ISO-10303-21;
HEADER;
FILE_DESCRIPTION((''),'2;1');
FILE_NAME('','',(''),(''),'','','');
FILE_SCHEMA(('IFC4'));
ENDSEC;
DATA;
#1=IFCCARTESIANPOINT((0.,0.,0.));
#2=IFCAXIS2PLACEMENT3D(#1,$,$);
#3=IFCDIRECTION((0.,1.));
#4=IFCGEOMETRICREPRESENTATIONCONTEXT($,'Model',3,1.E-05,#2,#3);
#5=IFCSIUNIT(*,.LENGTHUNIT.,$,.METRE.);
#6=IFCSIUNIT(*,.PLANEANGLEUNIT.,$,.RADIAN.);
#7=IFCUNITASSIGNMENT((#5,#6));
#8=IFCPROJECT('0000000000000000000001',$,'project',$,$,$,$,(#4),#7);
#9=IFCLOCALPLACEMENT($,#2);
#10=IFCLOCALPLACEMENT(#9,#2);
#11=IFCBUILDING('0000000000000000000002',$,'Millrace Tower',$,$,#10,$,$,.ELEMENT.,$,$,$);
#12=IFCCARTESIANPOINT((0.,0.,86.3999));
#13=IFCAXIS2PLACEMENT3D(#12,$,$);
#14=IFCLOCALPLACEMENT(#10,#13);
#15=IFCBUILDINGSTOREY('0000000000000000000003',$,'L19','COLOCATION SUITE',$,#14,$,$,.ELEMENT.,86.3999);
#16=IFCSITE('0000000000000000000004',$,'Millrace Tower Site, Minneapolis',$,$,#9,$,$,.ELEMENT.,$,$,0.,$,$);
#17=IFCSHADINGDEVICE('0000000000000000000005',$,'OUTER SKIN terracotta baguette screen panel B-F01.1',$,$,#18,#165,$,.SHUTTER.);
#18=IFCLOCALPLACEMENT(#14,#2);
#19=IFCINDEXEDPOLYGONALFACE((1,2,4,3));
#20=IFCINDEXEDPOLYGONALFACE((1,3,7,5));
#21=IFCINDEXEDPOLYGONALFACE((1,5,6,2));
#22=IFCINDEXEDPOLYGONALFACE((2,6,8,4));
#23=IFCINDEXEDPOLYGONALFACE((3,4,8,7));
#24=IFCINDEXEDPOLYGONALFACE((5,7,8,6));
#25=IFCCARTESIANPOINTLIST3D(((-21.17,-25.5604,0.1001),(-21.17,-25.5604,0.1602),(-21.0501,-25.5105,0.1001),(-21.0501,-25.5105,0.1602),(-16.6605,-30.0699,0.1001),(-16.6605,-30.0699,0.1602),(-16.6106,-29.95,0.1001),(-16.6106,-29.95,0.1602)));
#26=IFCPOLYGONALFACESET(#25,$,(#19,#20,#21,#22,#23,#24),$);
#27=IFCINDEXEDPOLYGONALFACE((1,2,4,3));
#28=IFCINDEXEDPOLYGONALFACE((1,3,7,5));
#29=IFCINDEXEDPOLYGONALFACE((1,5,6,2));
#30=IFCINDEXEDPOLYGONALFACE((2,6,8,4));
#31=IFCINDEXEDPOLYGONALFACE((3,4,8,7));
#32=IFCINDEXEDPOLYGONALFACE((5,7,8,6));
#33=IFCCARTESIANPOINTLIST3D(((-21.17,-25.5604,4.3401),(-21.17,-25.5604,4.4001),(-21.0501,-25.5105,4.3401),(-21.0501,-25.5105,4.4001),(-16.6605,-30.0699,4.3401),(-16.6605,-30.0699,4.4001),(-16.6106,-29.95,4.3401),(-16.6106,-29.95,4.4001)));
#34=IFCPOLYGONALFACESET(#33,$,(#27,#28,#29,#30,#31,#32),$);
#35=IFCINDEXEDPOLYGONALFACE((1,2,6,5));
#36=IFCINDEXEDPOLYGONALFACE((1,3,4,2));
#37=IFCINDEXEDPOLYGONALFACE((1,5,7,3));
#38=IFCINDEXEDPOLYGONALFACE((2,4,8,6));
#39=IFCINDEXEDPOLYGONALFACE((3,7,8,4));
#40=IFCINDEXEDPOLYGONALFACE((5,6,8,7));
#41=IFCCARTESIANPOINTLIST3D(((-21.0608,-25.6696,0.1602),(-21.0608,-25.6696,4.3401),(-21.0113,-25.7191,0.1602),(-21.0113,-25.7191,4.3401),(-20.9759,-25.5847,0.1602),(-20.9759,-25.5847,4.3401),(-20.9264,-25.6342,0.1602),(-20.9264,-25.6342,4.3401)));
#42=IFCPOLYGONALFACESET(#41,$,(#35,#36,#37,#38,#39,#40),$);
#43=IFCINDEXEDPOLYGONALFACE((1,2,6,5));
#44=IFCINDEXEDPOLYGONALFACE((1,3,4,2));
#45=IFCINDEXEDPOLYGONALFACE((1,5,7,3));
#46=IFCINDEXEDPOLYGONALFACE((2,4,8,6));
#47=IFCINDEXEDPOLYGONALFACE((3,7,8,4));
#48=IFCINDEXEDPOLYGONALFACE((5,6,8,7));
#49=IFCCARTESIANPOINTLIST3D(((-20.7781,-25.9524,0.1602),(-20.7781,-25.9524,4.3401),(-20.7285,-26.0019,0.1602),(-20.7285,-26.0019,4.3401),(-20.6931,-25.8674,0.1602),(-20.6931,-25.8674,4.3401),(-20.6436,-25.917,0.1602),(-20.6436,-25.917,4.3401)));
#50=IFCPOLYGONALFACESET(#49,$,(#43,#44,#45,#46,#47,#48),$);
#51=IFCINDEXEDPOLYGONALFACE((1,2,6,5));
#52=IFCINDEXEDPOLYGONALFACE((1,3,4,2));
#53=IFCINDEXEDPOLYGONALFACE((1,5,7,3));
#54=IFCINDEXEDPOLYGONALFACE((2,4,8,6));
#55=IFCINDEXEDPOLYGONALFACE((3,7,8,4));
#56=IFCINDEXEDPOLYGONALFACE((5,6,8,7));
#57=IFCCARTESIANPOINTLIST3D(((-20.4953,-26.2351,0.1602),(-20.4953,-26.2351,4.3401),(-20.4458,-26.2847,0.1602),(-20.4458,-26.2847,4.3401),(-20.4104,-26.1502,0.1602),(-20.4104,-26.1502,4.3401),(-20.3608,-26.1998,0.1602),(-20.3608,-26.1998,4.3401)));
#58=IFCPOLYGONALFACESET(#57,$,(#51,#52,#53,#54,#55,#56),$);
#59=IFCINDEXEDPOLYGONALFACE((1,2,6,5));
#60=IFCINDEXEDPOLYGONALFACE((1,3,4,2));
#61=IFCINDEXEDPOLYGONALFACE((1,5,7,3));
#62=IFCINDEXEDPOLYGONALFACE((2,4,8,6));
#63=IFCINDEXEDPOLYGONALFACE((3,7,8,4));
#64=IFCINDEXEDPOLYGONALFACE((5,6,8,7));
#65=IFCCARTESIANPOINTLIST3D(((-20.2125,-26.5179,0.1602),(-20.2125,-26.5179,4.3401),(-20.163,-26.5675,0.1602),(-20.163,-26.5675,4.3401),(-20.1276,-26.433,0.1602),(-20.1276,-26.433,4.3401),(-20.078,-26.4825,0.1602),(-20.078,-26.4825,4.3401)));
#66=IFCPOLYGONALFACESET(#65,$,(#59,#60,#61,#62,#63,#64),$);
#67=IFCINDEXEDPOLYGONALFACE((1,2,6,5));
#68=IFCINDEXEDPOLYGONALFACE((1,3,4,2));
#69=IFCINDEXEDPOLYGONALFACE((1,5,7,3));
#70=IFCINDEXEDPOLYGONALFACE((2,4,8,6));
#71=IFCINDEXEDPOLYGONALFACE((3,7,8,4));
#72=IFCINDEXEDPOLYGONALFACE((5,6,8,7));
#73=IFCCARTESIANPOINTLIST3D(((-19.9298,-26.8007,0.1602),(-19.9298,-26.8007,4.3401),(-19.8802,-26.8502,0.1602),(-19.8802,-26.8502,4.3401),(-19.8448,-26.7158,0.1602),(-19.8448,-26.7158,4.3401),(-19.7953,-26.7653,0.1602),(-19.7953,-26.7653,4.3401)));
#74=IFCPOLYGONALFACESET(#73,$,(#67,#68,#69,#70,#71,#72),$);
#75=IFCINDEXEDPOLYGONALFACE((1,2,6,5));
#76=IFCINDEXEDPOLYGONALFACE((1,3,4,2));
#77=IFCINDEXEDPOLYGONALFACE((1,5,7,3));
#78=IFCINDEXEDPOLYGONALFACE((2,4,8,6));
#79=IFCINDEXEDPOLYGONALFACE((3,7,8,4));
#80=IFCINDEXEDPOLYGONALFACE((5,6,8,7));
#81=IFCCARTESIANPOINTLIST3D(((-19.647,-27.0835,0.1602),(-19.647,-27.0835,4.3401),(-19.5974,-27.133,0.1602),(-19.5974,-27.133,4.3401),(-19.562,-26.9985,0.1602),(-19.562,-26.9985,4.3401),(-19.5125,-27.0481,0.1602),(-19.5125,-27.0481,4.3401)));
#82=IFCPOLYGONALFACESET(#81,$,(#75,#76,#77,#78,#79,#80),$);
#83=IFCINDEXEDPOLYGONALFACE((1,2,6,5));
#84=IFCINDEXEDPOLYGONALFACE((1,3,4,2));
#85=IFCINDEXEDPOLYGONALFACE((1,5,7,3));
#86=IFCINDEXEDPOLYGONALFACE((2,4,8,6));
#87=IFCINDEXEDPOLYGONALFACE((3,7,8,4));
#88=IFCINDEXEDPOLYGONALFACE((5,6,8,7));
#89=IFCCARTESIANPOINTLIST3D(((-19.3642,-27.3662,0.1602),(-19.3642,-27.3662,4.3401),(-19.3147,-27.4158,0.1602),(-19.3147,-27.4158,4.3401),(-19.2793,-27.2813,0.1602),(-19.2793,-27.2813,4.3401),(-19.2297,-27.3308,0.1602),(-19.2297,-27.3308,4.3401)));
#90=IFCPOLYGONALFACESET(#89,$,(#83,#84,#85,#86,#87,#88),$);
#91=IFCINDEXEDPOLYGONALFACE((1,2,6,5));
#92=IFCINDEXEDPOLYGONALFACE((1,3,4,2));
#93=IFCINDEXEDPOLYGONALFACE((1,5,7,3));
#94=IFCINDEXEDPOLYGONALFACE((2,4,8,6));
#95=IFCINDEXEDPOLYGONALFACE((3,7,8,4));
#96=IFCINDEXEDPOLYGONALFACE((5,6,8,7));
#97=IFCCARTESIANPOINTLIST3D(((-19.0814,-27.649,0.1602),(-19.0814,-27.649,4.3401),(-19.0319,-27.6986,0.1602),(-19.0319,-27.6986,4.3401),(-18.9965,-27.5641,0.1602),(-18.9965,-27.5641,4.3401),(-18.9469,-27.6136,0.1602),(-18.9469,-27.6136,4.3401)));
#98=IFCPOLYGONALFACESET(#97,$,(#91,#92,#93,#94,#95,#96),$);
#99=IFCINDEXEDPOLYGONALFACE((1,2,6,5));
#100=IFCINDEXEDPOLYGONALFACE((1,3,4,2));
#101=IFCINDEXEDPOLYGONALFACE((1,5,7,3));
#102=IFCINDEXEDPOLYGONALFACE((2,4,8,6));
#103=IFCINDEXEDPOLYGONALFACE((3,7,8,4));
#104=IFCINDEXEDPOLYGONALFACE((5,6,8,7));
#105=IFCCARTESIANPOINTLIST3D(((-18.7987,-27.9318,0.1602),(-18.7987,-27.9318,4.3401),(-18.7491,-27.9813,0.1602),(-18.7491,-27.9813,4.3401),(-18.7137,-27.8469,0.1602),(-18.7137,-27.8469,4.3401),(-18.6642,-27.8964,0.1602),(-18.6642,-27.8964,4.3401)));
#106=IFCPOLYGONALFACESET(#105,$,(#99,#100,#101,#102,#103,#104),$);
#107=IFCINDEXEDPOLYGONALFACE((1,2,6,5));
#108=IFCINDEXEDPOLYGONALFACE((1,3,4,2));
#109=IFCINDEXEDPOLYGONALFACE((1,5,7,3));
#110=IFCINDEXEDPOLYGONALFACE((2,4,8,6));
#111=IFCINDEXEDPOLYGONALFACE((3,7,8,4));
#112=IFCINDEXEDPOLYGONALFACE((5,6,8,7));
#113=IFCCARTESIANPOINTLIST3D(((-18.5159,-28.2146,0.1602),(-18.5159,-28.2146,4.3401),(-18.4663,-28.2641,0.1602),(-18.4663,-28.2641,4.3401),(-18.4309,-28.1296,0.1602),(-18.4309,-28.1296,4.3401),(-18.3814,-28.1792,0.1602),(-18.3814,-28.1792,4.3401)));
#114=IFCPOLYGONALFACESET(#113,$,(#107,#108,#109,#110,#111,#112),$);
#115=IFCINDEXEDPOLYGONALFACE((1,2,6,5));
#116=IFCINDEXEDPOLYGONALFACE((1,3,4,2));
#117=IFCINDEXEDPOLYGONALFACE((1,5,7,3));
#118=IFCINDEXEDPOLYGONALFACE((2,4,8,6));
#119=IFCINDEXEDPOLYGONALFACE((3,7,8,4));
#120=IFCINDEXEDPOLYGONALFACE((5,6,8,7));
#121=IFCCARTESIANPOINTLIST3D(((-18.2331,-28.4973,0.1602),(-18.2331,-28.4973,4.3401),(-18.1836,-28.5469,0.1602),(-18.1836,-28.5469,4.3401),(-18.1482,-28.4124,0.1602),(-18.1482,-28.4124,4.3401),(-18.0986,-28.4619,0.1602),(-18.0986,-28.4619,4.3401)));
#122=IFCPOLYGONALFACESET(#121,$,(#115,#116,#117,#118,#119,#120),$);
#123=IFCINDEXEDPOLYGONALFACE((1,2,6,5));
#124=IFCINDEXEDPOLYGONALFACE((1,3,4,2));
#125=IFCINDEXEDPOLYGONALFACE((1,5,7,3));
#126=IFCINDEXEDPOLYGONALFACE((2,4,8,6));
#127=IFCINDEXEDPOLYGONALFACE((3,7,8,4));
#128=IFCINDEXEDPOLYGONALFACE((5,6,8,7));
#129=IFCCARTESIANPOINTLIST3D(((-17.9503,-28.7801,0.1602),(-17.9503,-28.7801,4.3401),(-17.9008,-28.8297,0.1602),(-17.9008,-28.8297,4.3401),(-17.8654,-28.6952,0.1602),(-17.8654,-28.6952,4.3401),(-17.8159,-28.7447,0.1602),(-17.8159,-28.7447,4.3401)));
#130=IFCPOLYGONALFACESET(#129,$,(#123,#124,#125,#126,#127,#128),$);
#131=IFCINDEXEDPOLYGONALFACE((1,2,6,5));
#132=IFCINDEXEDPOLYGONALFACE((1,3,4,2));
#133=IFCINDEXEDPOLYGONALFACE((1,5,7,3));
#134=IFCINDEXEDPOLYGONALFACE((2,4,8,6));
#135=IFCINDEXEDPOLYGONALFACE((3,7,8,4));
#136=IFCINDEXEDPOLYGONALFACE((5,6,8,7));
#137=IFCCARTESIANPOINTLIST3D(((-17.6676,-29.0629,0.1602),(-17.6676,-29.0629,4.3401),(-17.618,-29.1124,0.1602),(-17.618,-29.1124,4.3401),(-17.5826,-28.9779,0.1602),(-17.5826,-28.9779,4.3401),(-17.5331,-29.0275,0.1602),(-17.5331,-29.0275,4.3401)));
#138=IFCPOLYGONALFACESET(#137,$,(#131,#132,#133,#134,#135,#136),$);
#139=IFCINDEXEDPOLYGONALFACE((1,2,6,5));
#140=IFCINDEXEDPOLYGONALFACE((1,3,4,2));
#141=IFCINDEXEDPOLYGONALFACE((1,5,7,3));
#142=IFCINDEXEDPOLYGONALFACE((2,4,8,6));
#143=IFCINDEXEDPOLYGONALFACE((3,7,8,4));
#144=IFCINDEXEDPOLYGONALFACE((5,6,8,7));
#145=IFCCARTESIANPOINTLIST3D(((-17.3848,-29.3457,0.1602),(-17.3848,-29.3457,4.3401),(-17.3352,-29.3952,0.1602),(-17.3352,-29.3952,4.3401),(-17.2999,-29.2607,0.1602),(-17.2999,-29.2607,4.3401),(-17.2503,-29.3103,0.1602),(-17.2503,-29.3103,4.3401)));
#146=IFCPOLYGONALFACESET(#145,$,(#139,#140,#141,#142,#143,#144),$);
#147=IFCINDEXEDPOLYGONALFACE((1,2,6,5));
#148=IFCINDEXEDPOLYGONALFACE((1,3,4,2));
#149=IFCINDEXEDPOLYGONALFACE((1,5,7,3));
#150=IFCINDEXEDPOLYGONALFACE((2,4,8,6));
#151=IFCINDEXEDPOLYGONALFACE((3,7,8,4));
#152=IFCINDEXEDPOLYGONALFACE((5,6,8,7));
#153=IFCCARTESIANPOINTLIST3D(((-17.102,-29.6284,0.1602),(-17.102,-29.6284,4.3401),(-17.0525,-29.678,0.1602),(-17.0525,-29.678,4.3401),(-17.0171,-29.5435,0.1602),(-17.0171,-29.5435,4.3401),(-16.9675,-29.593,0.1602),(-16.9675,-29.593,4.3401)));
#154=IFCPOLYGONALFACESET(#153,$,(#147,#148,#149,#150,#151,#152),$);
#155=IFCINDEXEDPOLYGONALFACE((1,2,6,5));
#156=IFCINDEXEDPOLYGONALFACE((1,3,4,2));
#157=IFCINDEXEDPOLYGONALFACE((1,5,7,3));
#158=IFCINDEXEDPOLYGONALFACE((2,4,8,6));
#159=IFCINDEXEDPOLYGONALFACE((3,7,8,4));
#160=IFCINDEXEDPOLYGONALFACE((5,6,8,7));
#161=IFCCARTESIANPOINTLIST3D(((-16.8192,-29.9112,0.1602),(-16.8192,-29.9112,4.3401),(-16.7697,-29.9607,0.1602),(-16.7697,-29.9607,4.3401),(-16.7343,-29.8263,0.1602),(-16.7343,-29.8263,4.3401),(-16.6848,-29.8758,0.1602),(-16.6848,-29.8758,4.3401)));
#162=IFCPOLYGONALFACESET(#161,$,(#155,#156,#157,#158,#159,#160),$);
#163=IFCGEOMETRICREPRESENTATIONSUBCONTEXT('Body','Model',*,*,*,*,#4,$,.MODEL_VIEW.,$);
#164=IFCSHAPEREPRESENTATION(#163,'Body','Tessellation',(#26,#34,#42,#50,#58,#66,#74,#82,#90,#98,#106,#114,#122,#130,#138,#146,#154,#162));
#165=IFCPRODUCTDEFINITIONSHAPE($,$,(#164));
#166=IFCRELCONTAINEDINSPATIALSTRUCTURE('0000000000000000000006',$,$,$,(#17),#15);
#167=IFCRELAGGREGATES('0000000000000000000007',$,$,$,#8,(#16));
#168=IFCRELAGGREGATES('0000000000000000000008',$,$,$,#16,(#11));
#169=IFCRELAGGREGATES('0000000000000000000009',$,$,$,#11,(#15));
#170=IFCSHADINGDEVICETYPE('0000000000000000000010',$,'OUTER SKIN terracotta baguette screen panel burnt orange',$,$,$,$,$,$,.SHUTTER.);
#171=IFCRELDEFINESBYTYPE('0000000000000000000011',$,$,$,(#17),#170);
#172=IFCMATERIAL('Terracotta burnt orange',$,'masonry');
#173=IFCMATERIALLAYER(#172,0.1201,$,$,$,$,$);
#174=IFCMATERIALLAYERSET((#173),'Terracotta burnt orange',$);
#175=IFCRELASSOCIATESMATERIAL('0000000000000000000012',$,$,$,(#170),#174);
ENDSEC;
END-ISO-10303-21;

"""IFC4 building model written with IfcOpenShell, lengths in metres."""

from ifc_helpers import new_model, entity, si_unit, direction, frame, frame_2d, origin, place, context, subcontext, project, spatial, rectangle, extrude, source, transform, mapped, material, layer, layer_set, type_object, element, save


model = new_model("IFC4")

# Units and contexts
model_context = context("Model", 3, precision=1e-05, world=origin(), true_north=direction((0.0, 1.0)))
body_context = subcontext(model_context, "Body", "Model", "MODEL_VIEW")
ifc_project = project(units=[si_unit("LENGTHUNIT", "METRE"), si_unit("PLANEANGLEUNIT", "RADIAN")], contexts=[model_context])

# Site, building, storey
site_placement = place(None, origin())
site = spatial("IfcSite", under=ifc_project, at=site_placement, Name="Millrace Tower Site, Minneapolis", CompositionType="ELEMENT", RefElevation=0.0)
building_placement = place(site_placement, origin())
building = spatial("IfcBuilding", under=site, at=building_placement, Name="Millrace Tower", CompositionType="ELEMENT")
storey_placement = place(building_placement, frame((0.0, 0.0, 86.3999)))
storey = spatial("IfcBuildingStorey", under=building, at=storey_placement, Name="L19", Description="COLOCATION SUITE", CompositionType="ELEMENT", Elevation=86.3999)

# Shading device
ifc_material_1 = material(Name="Terracotta burnt orange", Category="masonry")
ifc_layer_1 = layer(ifc_material_1, 0.1201)
ifc_layer_set_1 = layer_set([ifc_layer_1], Name="Terracotta burnt orange")
shading_device_type = type_object("IfcShadingDeviceType", Name="OUTER SKIN terracotta baguette screen panel burnt orange", PredefinedType="SHUTTER", material=ifc_layer_set_1)
cartesian_point_1 = entity("IfcCartesianPoint", [-3.1392, 0.0601])
shared_polyline_1 = entity("IfcPolyline", [cartesian_point_1, entity("IfcCartesianPoint", [3.1392, 0.0601]), entity("IfcCartesianPoint", [3.1887, -0.0601]), entity("IfcCartesianPoint", [-3.1887, -0.0601]), cartesian_point_1])
shared_shape_1 = source(origin(), body_context, "Body", "SweptSolid", [
    entity("IfcExtrudedAreaSolid", entity("IfcArbitraryClosedProfileDef", "AREA", None, shared_polyline_1), entity("IfcAxis2Placement3D", entity("IfcCartesianPoint", [0.0, 0.0, 0.0])), entity("IfcDirection", [0.0, 0.0, 1.0]), 0.0601),
    entity("IfcExtrudedAreaSolid", entity("IfcArbitraryClosedProfileDef", "AREA", None, shared_polyline_1), entity("IfcAxis2Placement3D", entity("IfcCartesianPoint", [0.0, 0.0, 4.24])), entity("IfcDirection", [0.0, 0.0, 1.0]), 0.0601),
    extrude(rectangle(XDim=0.0701, YDim=0.1201, at=frame_2d((-2.9993, 0.0))), frame((0.0, 0.0, 0.0601)), (0.0, 0.0, 1.0), 4.1799),
    extrude(rectangle(XDim=0.0701, YDim=0.1201, at=frame_2d((-2.5994, 0.0))), frame((0.0, 0.0, 0.0601)), (0.0, 0.0, 1.0), 4.1799),
    extrude(rectangle(XDim=0.0701, YDim=0.1201, at=frame_2d((-2.1995, 0.0))), frame((0.0, 0.0, 0.0601)), (0.0, 0.0, 1.0), 4.1799),
    extrude(rectangle(XDim=0.0701, YDim=0.1201, at=frame_2d((-1.7996, 0.0))), frame((0.0, 0.0, 0.0601)), (0.0, 0.0, 1.0), 4.1799),
    extrude(rectangle(XDim=0.0701, YDim=0.1201, at=frame_2d((-1.3997, 0.0))), frame((0.0, 0.0, 0.0601)), (0.0, 0.0, 1.0), 4.1799),
    extrude(rectangle(XDim=0.0701, YDim=0.1201, at=frame_2d((-0.9998, 0.0))), frame((0.0, 0.0, 0.0601)), (0.0, 0.0, 1.0), 4.1799),
    extrude(rectangle(XDim=0.0701, YDim=0.1201, at=frame_2d((-0.5999, 0.0))), frame((0.0, 0.0, 0.0601)), (0.0, 0.0, 1.0), 4.1799),
    extrude(rectangle(XDim=0.0701, YDim=0.1201, at=frame_2d((-0.2, 0.0))), frame((0.0, 0.0, 0.0601)), (0.0, 0.0, 1.0), 4.1799),
    extrude(rectangle(XDim=0.0701, YDim=0.1201, at=frame_2d((0.2, 0.0))), frame((0.0, 0.0, 0.0601)), (0.0, 0.0, 1.0), 4.1799),
    extrude(rectangle(XDim=0.0701, YDim=0.1201, at=frame_2d((0.5999, 0.0))), frame((0.0, 0.0, 0.0601)), (0.0, 0.0, 1.0), 4.1799),
    extrude(rectangle(XDim=0.0701, YDim=0.1201, at=frame_2d((0.9998, 0.0))), frame((0.0, 0.0, 0.0601)), (0.0, 0.0, 1.0), 4.1799),
    extrude(rectangle(XDim=0.0701, YDim=0.1201, at=frame_2d((1.3997, 0.0))), frame((0.0, 0.0, 0.0601)), (0.0, 0.0, 1.0), 4.1799),
    extrude(rectangle(XDim=0.0701, YDim=0.1201, at=frame_2d((1.7996, 0.0))), frame((0.0, 0.0, 0.0601)), (0.0, 0.0, 1.0), 4.1799),
    extrude(rectangle(XDim=0.0701, YDim=0.1201, at=frame_2d((2.1995, 0.0))), frame((0.0, 0.0, 0.0601)), (0.0, 0.0, 1.0), 4.1799),
    extrude(rectangle(XDim=0.0701, YDim=0.1201, at=frame_2d((2.5994, 0.0))), frame((0.0, 0.0, 0.0601)), (0.0, 0.0, 1.0), 4.1799),
    extrude(rectangle(XDim=0.0701, YDim=0.1201, at=frame_2d((2.9993, 0.0))), frame((0.0, 0.0, 0.0601)), (0.0, 0.0, 1.0), 4.1799),
])
shading_device_1_placement = place(storey_placement, frame((-18.8728, -27.7727, 0.1001), z_axis=(0.0, 0.0, 1.0), x_axis=(0.707107, -0.707107, 0.0)))
element("IfcShadingDevice", 1, at=shading_device_1_placement, inside=storey, type_object=shading_device_type, Name="OUTER SKIN terracotta baguette screen panel B-F01.1", PredefinedType="SHUTTER", context=body_context, shape_type="MappedRepresentation", body=[
    mapped(shared_shape_1, transform((0.0, 0.0, 0.0), scale=1.0)),
])

save(model, "model.ifc")
